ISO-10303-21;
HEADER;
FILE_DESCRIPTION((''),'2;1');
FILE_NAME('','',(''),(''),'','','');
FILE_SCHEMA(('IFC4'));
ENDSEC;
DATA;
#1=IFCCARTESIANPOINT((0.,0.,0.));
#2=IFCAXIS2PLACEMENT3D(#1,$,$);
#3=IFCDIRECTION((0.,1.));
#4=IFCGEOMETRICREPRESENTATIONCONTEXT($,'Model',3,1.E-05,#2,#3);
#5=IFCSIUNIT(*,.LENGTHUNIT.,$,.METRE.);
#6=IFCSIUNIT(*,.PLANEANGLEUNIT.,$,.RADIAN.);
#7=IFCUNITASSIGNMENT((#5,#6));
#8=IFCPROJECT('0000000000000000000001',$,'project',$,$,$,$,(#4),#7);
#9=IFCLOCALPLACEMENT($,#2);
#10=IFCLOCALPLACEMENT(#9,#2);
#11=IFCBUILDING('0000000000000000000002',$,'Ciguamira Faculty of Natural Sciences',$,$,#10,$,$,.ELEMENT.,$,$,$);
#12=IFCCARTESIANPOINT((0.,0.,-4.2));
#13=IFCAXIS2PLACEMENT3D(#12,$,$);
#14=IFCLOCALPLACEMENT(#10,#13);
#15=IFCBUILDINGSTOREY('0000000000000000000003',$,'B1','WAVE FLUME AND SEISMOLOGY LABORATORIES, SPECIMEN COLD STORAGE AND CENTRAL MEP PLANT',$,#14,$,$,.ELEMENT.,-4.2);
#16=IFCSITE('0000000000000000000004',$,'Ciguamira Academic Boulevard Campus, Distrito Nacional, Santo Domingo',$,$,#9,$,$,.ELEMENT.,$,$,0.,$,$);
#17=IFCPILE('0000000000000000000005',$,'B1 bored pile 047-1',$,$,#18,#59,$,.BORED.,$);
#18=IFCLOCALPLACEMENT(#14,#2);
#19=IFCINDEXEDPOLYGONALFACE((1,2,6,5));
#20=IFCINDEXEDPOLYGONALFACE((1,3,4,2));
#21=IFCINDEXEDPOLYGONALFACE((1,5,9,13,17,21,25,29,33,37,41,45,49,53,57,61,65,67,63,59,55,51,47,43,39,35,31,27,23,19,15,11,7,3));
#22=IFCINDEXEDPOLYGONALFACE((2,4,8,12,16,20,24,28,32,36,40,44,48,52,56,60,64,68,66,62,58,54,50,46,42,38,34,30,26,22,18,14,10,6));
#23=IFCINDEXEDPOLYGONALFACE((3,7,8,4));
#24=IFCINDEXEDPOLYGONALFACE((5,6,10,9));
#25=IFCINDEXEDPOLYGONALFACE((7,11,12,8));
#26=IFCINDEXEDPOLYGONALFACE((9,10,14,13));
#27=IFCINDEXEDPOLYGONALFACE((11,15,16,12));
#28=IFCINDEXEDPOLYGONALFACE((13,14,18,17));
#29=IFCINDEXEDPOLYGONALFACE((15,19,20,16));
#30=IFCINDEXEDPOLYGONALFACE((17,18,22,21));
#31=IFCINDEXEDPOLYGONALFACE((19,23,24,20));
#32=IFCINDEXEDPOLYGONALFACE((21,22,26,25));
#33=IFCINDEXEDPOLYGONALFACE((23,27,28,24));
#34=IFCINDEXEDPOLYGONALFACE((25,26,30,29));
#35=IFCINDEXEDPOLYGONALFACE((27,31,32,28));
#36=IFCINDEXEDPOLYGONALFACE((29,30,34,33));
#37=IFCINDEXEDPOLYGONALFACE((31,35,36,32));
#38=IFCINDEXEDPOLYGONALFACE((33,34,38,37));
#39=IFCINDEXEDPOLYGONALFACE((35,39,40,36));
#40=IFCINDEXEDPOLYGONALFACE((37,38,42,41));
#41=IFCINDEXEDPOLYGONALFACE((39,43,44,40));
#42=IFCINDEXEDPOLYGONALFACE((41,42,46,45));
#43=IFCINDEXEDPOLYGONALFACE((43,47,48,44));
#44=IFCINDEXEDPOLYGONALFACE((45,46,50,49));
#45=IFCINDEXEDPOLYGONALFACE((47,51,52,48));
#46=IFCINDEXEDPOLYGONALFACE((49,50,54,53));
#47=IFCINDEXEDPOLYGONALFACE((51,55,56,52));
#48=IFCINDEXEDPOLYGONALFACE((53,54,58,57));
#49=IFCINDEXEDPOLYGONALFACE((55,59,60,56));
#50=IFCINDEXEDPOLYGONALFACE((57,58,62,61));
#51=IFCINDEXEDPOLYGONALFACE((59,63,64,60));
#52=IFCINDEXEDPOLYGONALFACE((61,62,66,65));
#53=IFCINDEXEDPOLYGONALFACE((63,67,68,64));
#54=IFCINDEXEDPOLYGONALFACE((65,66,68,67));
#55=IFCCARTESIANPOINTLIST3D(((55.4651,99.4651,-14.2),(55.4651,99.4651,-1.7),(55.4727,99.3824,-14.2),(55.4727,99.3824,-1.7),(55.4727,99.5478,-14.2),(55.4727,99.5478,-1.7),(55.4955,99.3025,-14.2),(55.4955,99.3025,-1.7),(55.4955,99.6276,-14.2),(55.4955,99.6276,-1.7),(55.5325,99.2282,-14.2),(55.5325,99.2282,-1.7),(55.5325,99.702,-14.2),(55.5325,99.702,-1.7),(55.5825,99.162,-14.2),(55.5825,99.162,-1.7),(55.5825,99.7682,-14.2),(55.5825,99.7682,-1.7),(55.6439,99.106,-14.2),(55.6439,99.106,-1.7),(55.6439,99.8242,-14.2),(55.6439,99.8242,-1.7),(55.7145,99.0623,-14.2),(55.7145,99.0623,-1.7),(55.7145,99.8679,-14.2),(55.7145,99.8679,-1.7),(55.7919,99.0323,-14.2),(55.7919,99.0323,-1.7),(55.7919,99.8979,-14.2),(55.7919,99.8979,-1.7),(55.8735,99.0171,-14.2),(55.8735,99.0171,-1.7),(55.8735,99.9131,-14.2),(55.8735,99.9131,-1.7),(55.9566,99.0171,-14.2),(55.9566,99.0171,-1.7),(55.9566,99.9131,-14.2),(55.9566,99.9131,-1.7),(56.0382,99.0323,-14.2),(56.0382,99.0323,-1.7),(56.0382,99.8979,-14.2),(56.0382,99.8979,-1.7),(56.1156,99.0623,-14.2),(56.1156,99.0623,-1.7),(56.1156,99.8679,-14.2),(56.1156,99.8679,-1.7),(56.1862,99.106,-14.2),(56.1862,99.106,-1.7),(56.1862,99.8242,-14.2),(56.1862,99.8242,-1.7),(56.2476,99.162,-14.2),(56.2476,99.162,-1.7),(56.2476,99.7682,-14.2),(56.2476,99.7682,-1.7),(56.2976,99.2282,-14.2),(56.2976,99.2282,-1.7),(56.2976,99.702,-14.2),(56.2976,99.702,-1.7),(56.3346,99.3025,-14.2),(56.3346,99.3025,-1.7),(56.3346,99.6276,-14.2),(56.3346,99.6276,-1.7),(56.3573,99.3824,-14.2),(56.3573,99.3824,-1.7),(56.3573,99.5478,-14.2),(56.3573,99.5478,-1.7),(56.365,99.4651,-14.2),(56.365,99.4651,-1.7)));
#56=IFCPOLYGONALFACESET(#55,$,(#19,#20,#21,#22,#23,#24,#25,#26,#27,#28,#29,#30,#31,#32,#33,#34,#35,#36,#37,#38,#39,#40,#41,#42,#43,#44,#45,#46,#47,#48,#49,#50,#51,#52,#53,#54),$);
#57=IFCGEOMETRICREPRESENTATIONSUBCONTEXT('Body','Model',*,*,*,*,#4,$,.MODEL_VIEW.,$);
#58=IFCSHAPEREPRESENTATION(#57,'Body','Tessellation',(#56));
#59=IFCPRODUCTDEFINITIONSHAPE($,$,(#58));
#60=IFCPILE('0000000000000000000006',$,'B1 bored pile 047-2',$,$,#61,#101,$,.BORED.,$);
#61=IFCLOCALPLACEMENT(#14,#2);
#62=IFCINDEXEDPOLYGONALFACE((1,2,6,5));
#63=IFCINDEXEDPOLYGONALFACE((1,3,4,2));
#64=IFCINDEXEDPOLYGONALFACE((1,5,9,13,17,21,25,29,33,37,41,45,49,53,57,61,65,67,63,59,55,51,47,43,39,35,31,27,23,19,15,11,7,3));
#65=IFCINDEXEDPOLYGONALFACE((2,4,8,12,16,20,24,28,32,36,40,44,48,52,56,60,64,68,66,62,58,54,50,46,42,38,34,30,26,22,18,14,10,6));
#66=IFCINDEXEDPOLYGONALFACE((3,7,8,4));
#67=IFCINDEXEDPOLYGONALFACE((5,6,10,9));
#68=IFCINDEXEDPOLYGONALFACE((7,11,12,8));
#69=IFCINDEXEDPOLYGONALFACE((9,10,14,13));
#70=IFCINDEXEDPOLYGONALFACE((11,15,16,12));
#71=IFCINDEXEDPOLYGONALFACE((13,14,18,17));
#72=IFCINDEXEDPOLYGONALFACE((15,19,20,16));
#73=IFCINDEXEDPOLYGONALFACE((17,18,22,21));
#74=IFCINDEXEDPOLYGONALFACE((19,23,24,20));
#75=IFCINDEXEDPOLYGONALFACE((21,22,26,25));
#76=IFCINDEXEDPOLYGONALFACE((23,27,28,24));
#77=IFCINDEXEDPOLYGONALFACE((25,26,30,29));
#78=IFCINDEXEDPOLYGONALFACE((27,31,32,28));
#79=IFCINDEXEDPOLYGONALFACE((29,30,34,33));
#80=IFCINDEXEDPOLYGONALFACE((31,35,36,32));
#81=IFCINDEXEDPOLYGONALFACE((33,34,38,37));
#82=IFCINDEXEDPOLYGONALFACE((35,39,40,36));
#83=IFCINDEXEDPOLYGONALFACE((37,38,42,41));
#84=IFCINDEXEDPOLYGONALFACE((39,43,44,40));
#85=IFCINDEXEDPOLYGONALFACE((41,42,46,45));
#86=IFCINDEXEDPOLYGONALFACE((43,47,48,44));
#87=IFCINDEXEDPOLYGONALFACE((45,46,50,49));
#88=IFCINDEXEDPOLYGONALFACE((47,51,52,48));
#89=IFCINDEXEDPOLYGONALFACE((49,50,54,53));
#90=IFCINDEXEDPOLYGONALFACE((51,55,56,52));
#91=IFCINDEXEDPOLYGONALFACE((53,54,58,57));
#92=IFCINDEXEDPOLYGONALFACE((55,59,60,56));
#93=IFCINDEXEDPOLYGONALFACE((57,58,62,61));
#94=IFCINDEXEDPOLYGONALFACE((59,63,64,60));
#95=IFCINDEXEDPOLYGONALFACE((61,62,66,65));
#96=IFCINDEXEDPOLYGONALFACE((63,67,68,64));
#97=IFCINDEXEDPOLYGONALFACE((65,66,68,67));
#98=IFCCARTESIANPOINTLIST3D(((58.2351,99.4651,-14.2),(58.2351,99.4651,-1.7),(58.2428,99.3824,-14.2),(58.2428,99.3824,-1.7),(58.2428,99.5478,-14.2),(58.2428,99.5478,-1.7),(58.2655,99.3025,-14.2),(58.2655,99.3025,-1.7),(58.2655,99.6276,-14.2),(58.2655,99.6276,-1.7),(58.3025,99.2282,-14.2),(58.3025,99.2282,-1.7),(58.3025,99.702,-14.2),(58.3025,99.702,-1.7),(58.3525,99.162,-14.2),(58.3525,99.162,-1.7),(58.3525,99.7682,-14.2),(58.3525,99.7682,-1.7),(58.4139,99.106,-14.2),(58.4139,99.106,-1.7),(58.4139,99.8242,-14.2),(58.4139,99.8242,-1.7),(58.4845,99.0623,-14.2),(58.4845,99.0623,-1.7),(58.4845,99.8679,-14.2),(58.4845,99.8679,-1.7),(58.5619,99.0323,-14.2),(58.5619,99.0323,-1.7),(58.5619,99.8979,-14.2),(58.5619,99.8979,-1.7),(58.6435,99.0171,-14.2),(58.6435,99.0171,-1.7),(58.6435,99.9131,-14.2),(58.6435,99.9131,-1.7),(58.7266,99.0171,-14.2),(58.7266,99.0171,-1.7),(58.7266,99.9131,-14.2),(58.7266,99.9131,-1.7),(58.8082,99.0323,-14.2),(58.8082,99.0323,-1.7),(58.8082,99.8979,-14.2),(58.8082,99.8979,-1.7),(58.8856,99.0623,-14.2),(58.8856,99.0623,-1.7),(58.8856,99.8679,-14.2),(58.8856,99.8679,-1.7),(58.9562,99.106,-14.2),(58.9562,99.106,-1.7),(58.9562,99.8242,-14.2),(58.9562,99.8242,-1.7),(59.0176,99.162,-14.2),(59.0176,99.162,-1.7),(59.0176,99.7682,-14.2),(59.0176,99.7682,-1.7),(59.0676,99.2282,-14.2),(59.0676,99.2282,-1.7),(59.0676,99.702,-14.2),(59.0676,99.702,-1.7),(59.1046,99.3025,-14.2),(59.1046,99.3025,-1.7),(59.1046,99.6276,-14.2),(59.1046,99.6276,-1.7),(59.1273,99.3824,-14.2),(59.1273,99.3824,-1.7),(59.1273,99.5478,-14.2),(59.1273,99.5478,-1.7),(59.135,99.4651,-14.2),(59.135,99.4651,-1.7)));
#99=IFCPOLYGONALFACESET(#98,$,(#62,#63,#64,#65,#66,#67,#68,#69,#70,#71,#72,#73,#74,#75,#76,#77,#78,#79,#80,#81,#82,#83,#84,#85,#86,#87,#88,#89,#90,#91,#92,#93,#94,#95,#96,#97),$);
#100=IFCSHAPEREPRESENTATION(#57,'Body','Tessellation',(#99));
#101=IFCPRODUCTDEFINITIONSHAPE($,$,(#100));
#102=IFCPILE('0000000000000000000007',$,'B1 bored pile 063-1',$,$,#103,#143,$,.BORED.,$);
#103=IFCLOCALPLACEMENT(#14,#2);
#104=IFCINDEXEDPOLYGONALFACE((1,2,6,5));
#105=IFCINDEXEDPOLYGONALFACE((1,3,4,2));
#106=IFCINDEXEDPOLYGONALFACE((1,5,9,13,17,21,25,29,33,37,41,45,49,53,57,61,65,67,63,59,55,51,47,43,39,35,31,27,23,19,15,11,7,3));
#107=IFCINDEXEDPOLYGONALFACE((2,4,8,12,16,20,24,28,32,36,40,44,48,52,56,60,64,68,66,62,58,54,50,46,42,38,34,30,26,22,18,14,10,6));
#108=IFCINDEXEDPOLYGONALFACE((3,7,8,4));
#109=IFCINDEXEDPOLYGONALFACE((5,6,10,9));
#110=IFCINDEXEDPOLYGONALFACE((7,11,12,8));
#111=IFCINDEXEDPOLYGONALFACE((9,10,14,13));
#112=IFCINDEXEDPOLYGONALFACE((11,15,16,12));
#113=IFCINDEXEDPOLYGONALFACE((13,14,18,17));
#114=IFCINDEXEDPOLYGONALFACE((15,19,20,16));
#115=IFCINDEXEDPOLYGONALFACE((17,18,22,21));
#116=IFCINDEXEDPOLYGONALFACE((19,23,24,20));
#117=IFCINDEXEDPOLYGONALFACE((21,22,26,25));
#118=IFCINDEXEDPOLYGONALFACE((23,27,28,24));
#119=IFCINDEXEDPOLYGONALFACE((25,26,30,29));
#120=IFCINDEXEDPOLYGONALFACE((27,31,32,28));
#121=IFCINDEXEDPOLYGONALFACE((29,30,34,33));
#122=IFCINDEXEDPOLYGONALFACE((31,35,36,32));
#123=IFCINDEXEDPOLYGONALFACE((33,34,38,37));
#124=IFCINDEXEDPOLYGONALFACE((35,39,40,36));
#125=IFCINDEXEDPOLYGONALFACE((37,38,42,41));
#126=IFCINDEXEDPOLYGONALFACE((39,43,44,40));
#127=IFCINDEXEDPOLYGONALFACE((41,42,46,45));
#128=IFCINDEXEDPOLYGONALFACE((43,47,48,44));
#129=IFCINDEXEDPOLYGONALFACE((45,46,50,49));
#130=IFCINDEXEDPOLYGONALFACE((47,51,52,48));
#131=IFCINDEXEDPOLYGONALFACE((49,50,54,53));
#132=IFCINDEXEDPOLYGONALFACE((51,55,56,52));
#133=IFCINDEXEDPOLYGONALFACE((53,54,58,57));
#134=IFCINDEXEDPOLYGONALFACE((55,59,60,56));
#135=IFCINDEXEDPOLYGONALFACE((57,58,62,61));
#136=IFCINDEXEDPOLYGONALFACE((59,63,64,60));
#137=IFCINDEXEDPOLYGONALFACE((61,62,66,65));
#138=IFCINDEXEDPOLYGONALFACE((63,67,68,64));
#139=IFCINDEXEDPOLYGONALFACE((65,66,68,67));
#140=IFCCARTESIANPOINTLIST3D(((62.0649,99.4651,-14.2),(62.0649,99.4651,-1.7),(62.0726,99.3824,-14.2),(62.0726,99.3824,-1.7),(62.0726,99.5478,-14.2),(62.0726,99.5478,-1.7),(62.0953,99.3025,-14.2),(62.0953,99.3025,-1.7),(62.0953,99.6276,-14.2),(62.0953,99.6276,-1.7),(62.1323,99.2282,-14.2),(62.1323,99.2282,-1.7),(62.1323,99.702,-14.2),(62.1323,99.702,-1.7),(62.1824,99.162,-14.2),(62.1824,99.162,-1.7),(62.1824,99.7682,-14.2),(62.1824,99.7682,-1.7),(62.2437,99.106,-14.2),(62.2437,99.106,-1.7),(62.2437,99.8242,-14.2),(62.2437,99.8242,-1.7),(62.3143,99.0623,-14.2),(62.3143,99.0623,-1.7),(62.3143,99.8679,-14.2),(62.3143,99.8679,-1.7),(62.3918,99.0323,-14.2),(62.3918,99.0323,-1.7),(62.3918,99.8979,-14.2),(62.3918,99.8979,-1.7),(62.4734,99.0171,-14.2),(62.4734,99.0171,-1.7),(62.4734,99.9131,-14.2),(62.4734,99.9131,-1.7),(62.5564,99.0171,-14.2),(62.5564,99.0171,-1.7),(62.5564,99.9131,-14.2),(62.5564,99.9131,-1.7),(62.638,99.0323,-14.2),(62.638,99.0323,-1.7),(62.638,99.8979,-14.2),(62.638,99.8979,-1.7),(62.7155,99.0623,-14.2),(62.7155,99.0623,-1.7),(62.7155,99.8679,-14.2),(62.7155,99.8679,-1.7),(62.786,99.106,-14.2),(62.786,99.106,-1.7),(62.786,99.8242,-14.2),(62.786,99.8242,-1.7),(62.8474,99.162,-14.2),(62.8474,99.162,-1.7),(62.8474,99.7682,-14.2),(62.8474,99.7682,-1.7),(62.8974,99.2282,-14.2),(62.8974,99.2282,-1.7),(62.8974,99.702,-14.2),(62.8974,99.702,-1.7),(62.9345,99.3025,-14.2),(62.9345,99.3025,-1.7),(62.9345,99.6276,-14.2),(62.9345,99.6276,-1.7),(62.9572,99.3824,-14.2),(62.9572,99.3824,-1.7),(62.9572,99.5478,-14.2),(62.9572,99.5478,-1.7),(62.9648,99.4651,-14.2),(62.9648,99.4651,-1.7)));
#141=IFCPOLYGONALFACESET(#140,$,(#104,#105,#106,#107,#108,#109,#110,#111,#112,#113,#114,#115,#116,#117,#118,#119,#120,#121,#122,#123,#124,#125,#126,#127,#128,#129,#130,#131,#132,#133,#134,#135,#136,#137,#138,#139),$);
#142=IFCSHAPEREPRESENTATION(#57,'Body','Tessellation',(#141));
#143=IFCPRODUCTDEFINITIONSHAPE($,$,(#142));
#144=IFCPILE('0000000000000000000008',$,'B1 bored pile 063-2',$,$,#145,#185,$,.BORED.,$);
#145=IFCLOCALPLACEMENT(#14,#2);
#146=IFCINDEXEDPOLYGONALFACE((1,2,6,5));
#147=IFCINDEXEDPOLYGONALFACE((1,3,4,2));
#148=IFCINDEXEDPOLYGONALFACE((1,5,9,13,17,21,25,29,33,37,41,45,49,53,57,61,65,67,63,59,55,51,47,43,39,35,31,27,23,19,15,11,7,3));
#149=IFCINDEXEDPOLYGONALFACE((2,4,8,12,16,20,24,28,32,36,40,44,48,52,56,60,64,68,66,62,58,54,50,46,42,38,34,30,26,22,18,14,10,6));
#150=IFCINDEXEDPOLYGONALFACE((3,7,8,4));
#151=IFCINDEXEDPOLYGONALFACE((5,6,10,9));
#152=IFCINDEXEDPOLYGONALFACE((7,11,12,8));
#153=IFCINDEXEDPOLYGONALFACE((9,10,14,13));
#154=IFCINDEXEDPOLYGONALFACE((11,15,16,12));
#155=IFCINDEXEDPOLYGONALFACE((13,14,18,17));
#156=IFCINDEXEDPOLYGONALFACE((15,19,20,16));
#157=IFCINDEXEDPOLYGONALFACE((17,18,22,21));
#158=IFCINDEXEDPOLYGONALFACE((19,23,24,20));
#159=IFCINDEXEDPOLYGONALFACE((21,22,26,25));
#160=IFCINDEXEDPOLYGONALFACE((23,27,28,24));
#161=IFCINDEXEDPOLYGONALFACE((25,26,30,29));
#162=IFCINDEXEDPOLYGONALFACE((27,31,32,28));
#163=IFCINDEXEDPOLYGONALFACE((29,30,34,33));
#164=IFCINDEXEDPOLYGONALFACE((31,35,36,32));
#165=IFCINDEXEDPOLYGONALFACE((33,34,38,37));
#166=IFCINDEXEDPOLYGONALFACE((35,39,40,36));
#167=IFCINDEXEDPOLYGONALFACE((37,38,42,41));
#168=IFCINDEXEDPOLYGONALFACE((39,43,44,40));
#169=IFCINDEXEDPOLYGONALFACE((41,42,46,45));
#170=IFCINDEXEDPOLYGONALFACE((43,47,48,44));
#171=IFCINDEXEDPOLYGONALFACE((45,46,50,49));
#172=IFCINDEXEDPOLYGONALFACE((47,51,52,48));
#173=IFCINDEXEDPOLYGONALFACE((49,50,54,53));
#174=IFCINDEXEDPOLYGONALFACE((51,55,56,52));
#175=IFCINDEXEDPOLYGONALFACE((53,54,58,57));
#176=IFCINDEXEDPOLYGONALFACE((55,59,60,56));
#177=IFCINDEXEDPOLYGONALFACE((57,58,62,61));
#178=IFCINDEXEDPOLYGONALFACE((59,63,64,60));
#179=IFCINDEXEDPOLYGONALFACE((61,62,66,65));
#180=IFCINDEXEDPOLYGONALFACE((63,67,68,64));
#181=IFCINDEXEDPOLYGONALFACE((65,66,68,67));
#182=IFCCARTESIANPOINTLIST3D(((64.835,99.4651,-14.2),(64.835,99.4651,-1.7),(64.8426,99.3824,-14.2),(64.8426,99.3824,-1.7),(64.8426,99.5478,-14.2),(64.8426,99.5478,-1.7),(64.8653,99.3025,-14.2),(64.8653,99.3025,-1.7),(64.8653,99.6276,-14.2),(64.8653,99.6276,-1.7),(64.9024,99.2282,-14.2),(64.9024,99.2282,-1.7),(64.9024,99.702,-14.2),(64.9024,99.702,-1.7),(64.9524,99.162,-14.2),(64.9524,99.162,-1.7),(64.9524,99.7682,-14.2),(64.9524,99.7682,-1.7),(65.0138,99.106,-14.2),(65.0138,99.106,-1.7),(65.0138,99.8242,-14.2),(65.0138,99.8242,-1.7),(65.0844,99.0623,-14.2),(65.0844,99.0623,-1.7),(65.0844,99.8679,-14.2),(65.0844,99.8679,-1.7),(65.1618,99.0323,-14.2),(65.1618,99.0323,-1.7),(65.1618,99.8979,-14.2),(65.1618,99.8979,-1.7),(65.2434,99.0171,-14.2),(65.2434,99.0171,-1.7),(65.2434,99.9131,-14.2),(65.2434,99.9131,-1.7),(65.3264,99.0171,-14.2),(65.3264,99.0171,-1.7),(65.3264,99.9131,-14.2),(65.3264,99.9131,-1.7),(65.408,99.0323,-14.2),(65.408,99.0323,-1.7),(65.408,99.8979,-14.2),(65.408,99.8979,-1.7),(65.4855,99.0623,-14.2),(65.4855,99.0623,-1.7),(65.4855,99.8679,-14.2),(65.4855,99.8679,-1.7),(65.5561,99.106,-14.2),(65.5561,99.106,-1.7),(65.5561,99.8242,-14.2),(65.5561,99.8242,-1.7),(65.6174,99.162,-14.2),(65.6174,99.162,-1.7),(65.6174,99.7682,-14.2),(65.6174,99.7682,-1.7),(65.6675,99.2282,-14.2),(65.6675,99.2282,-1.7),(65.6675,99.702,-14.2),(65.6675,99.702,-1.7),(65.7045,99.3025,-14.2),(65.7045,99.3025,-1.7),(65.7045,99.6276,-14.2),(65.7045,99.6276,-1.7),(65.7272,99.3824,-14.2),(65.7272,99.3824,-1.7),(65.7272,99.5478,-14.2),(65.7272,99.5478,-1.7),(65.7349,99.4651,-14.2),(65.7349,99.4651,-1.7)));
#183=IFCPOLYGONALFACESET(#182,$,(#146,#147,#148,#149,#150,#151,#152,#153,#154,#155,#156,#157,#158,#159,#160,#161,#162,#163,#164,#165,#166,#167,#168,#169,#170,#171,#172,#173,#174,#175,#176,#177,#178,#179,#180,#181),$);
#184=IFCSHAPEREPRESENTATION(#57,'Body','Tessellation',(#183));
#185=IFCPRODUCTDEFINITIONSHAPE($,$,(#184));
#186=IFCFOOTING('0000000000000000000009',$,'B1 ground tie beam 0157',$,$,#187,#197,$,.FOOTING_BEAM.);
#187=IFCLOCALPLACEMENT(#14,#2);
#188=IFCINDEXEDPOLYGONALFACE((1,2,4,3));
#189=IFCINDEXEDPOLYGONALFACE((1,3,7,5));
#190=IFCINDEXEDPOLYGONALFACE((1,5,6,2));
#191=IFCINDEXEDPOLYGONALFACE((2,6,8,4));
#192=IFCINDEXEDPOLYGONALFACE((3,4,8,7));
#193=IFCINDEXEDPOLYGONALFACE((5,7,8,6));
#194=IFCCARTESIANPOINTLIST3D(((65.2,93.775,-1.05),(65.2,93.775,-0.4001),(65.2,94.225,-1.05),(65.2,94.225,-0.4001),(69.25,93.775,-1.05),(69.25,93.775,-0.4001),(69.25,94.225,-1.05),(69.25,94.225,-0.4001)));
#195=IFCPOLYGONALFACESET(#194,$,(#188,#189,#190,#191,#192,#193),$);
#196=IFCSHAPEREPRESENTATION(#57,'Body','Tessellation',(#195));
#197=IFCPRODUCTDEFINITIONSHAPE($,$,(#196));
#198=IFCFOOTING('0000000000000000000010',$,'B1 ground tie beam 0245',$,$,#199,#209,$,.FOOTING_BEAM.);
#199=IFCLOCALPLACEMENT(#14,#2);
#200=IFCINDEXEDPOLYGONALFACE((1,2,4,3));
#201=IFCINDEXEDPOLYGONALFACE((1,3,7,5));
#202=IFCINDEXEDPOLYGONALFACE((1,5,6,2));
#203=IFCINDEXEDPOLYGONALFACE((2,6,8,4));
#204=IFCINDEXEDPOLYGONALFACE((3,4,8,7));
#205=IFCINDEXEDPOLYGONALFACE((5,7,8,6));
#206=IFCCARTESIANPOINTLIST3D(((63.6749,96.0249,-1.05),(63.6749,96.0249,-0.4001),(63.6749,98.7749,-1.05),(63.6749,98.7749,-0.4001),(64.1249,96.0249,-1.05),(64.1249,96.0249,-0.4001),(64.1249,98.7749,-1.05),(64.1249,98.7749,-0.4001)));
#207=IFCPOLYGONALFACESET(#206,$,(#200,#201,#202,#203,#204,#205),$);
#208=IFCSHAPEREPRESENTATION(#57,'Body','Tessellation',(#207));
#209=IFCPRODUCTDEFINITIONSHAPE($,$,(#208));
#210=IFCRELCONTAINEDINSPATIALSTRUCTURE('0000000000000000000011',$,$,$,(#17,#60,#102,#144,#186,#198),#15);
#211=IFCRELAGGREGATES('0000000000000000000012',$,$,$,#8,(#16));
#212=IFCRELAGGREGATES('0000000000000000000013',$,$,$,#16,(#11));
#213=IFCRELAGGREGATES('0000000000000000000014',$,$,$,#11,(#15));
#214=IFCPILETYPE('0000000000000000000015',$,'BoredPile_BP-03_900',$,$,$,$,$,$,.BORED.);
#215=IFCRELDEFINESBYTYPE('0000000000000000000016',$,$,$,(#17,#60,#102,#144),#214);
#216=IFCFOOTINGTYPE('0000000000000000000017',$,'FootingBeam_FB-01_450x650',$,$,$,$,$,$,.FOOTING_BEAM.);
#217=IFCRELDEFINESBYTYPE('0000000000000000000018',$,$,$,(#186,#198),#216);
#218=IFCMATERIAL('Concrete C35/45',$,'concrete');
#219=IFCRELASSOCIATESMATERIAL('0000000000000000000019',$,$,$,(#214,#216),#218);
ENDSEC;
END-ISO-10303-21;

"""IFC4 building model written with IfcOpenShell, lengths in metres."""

from ifc_helpers import new_model, si_unit, direction, frame, origin, origin_2d, place, context, subcontext, project, spatial, rectangle, circle, extrude, material, material_profile, profile_set, type_object, element, save


model = new_model("IFC4")

# Units and contexts
model_context = context("Model", 3, precision=1e-05, world=origin(), true_north=direction((0.0, 1.0)))
body_context = subcontext(model_context, "Body", "Model", "MODEL_VIEW")
ifc_project = project(units=[si_unit("LENGTHUNIT", "METRE"), si_unit("PLANEANGLEUNIT", "RADIAN")], contexts=[model_context])

# Site, building, storey
site_placement = place(None, origin())
site = spatial("IfcSite", under=ifc_project, at=site_placement, Name="Ciguamira Academic Boulevard Campus, Distrito Nacional, Santo Domingo", CompositionType="ELEMENT", RefElevation=0.0)
building_placement = place(site_placement, origin())
building = spatial("IfcBuilding", under=site, at=building_placement, Name="Ciguamira Faculty of Natural Sciences", CompositionType="ELEMENT")
storey_placement = place(building_placement, frame((0.0, 0.0, -4.2)))
storey = spatial("IfcBuildingStorey", under=building, at=storey_placement, Name="B1", Description="WAVE FLUME AND SEISMOLOGY LABORATORIES, SPECIMEN COLD STORAGE AND CENTRAL MEP PLANT", CompositionType="ELEMENT", Elevation=-4.2)

# Piles
ifc_material_1 = material(Name="Concrete C35/45", Category="concrete")
ifc_material_profile_1 = material_profile(ifc_material_1, circle(Radius=0.45, at=origin_2d()), Name="PILE-BORED-900")
ifc_profile_set_1 = profile_set([ifc_material_profile_1], Name="Concrete C35/45")
pile_type_1 = type_object("IfcPileType", Name="BoredPile_BP-03_900", PredefinedType="BORED", material=ifc_profile_set_1)
for number, where, z_axis, x_axis, name in (
    (1, (55.915, 99.4651, -1.7), (0.0, 0.0, -1.0), (1.0, 0.0, 0.0), "B1 bored pile 047-1"),
    (2, (58.6851, 99.4651, -1.7), (0.0, 0.0, -1.0), (1.0, 0.0, 0.0), "B1 bored pile 047-2"),
    (3, (62.5149, 99.4651, -1.7), (0.0, 0.0, -1.0), (1.0, 0.0, 0.0), "B1 bored pile 063-1"),
    (4, (65.2849, 99.4651, -1.7), (0.0, 0.0, -1.0), (1.0, 0.0, 0.0), "B1 bored pile 063-2"),
):
    element("IfcPile", number, at=place(storey_placement, frame(where, z_axis=z_axis, x_axis=x_axis)), inside=storey, type_object=pile_type_1, Name=name, PredefinedType="BORED", context=body_context, shape_type="SweptSolid", body=[
        extrude(circle(Radius=0.45, at=origin_2d()), origin(), (0.0, 0.0, 1.0), 12.5),
    ])

# Footings
ifc_material_profile_2 = material_profile(ifc_material_1, rectangle(XDim=0.45, YDim=0.6499, at=origin_2d()), Name="RC-FB-450X650")
ifc_profile_set_2 = profile_set([ifc_material_profile_2], Name="Concrete C35/45")
footing_type_1 = type_object("IfcFootingType", Name="FootingBeam_FB-01_450x650", PredefinedType="FOOTING_BEAM", material=ifc_profile_set_2)
footing_1_placement = place(storey_placement, frame((65.2, 94.0, -0.7251), z_axis=(1.0, 0.0, 0.0), x_axis=(0.0, 1.0, 0.0)))
element("IfcFooting", 5, at=footing_1_placement, inside=storey, type_object=footing_type_1, Name="B1 ground tie beam 0157", PredefinedType="FOOTING_BEAM", context=body_context, shape_type="SweptSolid", body=[
    extrude(rectangle(XDim=0.45, YDim=0.6499, at=origin_2d()), origin(), (0.0, 0.0, 1.0), 4.05),
])
footing_2_placement = place(storey_placement, frame((63.8999, 96.0249, -0.7251), z_axis=(0.0, 1.0, 0.0), x_axis=(-1.0, 0.0, 0.0)))
element("IfcFooting", 6, at=footing_2_placement, inside=storey, type_object=footing_type_1, Name="B1 ground tie beam 0245", PredefinedType="FOOTING_BEAM", context=body_context, shape_type="SweptSolid", body=[
    extrude(rectangle(XDim=0.45, YDim=0.6499, at=origin_2d()), origin(), (0.0, 0.0, 1.0), 2.75),
])

save(model, "model.ifc")
